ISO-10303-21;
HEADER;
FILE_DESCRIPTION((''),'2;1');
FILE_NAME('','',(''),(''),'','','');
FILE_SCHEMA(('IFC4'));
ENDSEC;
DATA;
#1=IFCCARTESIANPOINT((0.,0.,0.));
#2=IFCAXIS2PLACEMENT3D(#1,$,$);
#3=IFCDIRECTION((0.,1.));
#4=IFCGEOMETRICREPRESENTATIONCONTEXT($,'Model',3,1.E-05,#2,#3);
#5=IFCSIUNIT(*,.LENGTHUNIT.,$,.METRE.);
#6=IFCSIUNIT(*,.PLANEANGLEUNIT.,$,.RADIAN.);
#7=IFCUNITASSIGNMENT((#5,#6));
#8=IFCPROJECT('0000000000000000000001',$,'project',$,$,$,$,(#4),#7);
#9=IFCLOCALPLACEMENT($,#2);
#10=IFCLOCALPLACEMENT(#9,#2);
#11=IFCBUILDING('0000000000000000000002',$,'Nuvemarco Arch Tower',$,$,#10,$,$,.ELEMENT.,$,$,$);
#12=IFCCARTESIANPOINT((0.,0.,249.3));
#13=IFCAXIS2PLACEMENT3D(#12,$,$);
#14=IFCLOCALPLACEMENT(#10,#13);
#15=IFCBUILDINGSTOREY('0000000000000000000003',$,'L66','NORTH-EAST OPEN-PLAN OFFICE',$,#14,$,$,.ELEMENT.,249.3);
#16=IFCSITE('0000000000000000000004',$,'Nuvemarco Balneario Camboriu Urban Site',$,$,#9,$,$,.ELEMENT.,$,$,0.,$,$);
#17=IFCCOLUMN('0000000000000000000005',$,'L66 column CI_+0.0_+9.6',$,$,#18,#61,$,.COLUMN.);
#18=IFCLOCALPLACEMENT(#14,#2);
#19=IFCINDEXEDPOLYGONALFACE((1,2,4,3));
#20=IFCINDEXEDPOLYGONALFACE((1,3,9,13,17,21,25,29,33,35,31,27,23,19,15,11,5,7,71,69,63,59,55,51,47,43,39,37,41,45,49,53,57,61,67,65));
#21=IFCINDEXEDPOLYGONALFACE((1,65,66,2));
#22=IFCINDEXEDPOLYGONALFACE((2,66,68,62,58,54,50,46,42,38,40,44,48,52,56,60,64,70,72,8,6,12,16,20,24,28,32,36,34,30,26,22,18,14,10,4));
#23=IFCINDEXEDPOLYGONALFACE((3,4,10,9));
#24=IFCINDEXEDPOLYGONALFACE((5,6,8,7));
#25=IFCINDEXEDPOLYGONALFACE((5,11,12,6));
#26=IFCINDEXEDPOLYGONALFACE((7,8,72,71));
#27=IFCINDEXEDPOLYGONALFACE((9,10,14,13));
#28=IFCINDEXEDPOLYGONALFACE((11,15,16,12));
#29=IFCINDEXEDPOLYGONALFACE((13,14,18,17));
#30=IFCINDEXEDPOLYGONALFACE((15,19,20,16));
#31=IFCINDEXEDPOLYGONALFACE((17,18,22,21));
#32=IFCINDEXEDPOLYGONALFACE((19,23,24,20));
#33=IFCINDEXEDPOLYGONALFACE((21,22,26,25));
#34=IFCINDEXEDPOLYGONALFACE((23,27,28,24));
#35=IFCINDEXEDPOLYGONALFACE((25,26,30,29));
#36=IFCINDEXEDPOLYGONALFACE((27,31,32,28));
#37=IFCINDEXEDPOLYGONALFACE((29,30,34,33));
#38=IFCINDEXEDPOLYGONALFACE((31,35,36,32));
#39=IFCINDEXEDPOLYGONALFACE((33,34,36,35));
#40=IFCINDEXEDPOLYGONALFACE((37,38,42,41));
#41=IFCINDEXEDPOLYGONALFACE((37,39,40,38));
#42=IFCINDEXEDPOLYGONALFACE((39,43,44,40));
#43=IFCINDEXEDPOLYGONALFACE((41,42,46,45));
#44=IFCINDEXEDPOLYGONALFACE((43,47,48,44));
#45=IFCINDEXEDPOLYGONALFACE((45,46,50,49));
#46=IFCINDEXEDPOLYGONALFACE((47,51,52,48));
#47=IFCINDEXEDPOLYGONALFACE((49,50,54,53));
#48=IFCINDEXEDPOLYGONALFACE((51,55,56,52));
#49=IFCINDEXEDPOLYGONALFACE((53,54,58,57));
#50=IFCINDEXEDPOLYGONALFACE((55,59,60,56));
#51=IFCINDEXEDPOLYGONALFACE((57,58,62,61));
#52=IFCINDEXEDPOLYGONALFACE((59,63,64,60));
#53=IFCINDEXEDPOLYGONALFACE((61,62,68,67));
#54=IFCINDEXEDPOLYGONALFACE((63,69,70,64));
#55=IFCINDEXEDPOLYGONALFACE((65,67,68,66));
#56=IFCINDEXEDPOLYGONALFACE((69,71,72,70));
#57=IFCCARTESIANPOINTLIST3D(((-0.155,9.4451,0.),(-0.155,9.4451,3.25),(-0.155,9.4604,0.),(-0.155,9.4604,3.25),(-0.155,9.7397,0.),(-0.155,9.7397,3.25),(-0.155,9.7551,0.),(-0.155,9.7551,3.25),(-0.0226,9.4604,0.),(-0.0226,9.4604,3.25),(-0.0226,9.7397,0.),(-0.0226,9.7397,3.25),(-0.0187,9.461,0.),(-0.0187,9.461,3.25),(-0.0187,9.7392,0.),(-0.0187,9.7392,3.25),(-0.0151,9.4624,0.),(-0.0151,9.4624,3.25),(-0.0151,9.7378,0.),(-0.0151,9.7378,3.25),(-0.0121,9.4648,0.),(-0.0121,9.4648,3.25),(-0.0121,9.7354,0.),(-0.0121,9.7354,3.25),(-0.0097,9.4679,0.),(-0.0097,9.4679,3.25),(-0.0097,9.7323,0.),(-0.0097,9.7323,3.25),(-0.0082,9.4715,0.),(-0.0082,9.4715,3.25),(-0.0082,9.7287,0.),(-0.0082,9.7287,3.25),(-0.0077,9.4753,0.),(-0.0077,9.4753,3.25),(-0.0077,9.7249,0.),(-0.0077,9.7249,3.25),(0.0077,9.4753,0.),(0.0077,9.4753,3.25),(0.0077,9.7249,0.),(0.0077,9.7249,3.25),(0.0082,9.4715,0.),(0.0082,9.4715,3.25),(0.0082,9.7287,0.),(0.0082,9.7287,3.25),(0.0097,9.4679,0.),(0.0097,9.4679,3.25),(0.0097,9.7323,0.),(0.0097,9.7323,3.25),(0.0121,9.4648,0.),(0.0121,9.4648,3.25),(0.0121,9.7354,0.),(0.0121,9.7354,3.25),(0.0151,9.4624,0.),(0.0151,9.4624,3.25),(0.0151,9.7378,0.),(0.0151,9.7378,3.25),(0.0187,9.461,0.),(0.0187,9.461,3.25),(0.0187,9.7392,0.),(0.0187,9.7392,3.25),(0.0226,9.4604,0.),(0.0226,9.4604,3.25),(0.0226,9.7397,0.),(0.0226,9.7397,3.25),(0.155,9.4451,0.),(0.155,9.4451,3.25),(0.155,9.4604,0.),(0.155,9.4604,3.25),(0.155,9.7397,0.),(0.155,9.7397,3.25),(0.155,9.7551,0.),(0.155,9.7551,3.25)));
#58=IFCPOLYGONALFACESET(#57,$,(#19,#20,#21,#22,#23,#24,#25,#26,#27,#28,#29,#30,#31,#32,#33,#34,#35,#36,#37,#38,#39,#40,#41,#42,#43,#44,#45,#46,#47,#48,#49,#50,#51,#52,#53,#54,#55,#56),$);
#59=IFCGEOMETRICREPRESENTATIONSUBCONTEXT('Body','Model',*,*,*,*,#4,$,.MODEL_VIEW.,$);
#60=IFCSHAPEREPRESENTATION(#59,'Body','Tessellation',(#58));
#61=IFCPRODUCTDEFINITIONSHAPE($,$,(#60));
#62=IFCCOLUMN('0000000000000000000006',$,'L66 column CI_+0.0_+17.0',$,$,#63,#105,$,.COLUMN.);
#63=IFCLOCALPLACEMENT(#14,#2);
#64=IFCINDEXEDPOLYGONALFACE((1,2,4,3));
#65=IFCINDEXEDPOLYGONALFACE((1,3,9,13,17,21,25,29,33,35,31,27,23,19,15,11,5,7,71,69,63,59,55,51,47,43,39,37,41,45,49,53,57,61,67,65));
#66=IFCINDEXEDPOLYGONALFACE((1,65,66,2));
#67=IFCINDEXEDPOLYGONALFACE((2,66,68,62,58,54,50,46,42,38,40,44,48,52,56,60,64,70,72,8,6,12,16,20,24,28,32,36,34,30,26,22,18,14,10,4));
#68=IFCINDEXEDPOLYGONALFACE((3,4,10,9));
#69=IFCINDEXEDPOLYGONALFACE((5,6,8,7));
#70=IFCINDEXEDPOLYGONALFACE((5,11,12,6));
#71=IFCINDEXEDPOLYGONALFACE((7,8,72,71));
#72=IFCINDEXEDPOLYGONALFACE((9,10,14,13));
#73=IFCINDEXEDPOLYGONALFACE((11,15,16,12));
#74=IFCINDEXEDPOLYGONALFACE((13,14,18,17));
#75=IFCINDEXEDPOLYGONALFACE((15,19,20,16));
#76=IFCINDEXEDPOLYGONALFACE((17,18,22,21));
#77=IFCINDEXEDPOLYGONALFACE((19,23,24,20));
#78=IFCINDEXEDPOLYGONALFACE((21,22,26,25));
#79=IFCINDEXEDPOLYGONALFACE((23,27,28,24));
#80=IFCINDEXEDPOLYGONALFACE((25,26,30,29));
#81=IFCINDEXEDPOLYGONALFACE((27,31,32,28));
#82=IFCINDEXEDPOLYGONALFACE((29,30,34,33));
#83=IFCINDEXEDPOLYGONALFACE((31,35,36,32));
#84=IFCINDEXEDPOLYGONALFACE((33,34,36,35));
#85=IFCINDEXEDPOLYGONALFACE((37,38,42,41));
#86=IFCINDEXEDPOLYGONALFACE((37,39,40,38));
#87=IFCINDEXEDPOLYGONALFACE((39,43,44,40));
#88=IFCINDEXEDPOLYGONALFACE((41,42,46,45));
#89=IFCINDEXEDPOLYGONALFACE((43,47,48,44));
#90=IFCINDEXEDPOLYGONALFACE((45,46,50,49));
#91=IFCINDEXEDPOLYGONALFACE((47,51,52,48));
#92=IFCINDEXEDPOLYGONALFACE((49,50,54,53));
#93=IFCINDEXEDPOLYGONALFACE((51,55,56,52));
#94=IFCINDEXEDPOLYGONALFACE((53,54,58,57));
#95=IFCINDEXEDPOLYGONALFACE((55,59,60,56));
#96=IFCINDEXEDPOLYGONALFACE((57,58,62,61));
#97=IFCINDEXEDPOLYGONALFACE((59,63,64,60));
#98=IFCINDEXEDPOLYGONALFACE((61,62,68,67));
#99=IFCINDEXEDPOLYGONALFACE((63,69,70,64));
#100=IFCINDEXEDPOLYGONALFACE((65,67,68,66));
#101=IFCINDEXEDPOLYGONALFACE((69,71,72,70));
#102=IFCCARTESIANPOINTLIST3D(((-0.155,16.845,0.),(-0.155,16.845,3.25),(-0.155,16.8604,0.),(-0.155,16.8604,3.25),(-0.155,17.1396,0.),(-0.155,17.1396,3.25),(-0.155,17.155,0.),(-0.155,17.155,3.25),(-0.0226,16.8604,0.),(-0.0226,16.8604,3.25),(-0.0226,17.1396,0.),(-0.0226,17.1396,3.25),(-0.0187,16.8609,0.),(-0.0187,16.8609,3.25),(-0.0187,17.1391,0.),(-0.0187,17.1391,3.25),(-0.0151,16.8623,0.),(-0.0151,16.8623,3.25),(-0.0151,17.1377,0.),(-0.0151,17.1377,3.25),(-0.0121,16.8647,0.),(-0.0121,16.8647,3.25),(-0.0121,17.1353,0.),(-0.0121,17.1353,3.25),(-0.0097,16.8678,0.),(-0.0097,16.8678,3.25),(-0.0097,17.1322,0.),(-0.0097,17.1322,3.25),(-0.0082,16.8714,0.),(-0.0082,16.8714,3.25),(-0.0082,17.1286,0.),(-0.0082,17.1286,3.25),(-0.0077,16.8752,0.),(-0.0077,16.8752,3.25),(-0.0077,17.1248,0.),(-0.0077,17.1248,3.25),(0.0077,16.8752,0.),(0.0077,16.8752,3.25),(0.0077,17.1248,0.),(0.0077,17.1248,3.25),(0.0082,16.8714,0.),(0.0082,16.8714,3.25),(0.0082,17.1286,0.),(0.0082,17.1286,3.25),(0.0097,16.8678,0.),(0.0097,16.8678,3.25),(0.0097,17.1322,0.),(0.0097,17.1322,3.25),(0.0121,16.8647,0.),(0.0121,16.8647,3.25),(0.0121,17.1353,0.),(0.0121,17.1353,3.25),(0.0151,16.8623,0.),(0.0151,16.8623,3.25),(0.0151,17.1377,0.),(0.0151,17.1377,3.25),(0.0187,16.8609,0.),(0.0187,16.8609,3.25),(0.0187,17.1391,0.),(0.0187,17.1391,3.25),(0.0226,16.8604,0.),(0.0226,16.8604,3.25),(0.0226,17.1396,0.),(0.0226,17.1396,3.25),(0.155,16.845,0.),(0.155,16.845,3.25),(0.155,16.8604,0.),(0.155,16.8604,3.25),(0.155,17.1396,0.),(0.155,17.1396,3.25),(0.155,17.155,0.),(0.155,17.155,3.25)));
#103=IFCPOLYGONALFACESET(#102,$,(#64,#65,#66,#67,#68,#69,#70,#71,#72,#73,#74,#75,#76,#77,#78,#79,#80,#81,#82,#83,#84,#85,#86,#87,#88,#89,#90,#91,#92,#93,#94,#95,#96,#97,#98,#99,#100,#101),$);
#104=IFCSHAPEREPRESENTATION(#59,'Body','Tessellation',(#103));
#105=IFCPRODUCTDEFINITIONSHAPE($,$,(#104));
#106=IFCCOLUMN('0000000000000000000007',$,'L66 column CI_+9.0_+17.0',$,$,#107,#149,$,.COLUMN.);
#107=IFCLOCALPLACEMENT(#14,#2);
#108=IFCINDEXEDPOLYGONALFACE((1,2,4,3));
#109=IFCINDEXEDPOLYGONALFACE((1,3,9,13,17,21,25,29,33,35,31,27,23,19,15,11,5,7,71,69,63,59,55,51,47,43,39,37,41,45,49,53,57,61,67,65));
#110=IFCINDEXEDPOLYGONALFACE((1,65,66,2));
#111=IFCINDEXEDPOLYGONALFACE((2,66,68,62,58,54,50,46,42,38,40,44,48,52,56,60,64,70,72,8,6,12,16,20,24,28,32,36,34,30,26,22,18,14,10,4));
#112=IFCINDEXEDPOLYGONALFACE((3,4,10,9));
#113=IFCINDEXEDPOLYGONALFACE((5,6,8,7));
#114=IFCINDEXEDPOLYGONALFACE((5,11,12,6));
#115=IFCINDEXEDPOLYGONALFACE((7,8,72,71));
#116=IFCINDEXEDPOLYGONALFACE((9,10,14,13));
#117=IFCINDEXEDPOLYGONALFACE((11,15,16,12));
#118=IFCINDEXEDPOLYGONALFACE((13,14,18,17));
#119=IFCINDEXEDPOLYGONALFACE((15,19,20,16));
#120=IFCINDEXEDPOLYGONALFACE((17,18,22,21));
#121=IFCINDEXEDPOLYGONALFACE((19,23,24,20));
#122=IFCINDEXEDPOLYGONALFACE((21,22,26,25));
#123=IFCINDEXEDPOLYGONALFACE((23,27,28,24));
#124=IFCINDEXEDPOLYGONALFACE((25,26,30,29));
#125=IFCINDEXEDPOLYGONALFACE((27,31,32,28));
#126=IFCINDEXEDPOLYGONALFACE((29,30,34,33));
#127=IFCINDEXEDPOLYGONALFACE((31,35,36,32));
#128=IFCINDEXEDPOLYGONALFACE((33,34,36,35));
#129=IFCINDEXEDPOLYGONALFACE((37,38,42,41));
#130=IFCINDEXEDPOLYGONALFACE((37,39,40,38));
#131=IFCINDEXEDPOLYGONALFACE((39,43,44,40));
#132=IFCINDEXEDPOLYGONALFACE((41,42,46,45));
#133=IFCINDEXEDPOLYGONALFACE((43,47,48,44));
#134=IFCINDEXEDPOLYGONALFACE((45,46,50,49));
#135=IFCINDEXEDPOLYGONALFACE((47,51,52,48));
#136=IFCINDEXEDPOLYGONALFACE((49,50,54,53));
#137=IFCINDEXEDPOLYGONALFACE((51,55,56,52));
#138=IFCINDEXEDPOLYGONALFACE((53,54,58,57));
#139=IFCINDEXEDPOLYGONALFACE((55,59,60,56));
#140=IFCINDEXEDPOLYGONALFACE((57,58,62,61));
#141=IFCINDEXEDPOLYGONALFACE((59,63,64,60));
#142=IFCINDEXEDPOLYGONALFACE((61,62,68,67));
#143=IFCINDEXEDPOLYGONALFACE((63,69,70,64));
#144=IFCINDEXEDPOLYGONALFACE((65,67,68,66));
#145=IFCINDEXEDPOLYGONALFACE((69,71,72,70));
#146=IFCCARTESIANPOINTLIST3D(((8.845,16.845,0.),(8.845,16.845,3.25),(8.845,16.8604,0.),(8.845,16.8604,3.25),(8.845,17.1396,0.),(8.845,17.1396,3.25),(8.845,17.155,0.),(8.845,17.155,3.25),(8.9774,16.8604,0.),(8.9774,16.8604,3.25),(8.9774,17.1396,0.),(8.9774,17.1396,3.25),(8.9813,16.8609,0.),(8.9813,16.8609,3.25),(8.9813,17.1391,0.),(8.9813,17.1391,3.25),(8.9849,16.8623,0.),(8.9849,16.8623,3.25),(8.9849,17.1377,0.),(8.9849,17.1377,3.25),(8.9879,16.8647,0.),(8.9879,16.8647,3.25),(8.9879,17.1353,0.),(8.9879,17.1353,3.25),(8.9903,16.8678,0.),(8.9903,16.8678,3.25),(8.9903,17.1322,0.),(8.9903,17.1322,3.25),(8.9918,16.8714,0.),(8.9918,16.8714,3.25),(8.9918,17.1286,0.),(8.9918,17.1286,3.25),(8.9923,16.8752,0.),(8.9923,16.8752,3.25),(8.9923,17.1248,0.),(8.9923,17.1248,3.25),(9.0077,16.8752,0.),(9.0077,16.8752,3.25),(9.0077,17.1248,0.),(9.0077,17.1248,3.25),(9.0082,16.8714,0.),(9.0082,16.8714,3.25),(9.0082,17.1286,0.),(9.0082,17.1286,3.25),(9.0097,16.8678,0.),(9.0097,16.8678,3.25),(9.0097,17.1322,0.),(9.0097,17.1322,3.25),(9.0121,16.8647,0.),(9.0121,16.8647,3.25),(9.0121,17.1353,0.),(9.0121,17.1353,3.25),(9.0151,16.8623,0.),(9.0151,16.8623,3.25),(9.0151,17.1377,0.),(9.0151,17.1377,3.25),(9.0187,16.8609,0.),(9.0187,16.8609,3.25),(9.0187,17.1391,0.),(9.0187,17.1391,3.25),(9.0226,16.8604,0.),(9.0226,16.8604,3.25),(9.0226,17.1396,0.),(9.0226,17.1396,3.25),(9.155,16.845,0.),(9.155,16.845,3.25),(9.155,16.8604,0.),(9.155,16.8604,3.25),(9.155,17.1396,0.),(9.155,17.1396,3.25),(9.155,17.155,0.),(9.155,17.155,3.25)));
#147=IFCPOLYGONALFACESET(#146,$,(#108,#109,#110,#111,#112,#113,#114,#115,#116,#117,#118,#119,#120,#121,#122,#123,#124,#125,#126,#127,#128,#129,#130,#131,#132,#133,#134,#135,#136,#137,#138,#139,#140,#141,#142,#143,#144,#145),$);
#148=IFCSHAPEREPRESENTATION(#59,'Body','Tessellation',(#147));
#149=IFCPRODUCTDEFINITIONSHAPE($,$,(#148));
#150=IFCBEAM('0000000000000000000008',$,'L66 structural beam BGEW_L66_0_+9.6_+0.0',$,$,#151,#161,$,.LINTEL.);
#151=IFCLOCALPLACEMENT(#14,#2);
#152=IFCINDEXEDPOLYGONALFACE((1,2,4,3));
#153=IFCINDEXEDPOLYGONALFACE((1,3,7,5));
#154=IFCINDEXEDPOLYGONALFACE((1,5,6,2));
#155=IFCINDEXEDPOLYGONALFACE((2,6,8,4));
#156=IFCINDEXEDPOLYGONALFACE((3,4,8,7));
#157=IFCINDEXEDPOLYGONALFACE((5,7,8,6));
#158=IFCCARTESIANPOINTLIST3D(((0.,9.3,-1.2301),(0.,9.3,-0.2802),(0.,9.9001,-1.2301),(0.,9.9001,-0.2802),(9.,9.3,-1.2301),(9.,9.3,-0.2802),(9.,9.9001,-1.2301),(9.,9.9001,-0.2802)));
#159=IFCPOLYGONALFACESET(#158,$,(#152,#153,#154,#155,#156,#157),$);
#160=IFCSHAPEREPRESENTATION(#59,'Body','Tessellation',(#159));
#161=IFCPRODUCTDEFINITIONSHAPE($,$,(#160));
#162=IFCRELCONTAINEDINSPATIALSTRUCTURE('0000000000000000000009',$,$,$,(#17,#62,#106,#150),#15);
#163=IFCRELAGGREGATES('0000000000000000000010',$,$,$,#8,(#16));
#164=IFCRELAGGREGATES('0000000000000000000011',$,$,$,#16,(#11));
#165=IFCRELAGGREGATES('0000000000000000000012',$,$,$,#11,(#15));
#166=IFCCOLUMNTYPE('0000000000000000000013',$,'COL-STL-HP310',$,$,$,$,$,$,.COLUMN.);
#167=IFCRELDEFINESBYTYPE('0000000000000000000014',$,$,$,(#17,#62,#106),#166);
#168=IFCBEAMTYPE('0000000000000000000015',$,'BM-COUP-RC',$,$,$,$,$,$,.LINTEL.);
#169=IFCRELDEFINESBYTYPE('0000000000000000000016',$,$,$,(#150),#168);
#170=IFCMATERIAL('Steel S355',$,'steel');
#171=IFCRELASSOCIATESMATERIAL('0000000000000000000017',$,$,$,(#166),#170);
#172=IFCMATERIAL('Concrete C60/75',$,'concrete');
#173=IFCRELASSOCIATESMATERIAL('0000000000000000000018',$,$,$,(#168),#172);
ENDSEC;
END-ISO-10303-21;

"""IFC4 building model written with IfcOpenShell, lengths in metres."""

from ifc_helpers import new_model, si_unit, direction, frame, origin, origin_2d, place, context, subcontext, project, spatial, rectangle, i_section, extrude, material, material_profile, profile_set, type_object, element, save


model = new_model("IFC4")

# Units and contexts
model_context = context("Model", 3, precision=1e-05, world=origin(), true_north=direction((0.0, 1.0)))
body_context = subcontext(model_context, "Body", "Model", "MODEL_VIEW")
ifc_project = project(units=[si_unit("LENGTHUNIT", "METRE"), si_unit("PLANEANGLEUNIT", "RADIAN")], contexts=[model_context])

# Site, building, storey
site_placement = place(None, origin())
site = spatial("IfcSite", under=ifc_project, at=site_placement, Name="Nuvemarco Balneario Camboriu Urban Site", CompositionType="ELEMENT", RefElevation=0.0)
building_placement = place(site_placement, origin())
building = spatial("IfcBuilding", under=site, at=building_placement, Name="Nuvemarco Arch Tower", CompositionType="ELEMENT")
storey_placement = place(building_placement, frame((0.0, 0.0, 249.3)))
storey = spatial("IfcBuildingStorey", under=building, at=storey_placement, Name="L66", Description="NORTH-EAST OPEN-PLAN OFFICE", CompositionType="ELEMENT", Elevation=249.3)

# Columns
ifc_material_1 = material(Name="Steel S355", Category="steel")
ifc_material_profile_1 = material_profile(ifc_material_1, i_section(OverallWidth=0.3101, OverallDepth=0.3101, WebThickness=0.0154, FlangeThickness=0.0154, FilletRadius=0.0149, at=origin_2d()), Name="HP310x110")
ifc_profile_set_1 = profile_set([ifc_material_profile_1], Name="Steel S355")
column_type_1 = type_object("IfcColumnType", Name="COL-STL-HP310", PredefinedType="COLUMN", material=ifc_profile_set_1)
for number, where, z_axis, x_axis, name in (
    (1, (0.0, 9.6001, 0.0), (0.0, 0.0, 1.0), (1.0, 0.0, 0.0), "L66 column CI_+0.0_+9.6"),
    (2, (0.0, 17.0, 0.0), (0.0, 0.0, 1.0), (1.0, 0.0, 0.0), "L66 column CI_+0.0_+17.0"),
    (3, (9.0, 17.0, 0.0), (0.0, 0.0, 1.0), (1.0, 0.0, 0.0), "L66 column CI_+9.0_+17.0"),
):
    element("IfcColumn", number, at=place(storey_placement, frame(where, z_axis=z_axis, x_axis=x_axis)), inside=storey, type_object=column_type_1, Name=name, PredefinedType="COLUMN", context=body_context, shape_type="SweptSolid", body=[
        extrude(i_section(OverallWidth=0.3101, OverallDepth=0.3101, WebThickness=0.0154, FlangeThickness=0.0154, FilletRadius=0.0149, at=origin_2d()), origin(), (0.0, 0.0, 1.0), 3.25),
    ])

# Beam
ifc_material_2 = material(Name="Concrete C60/75", Category="concrete")
ifc_material_profile_2 = material_profile(ifc_material_2, rectangle(XDim=0.6001, YDim=0.95, at=origin_2d()), Name="RC-BM-600x950")
ifc_profile_set_2 = profile_set([ifc_material_profile_2], Name="Concrete C60/75")
beam_type_1 = type_object("IfcBeamType", Name="BM-COUP-RC", PredefinedType="LINTEL", material=ifc_profile_set_2)
beam_1_placement = place(storey_placement, frame((0.0, 9.6001, -0.7551), z_axis=(1.0, 0.0, 0.0), x_axis=(0.0, 1.0, 0.0)))
element("IfcBeam", 4, at=beam_1_placement, inside=storey, type_object=beam_type_1, Name="L66 structural beam BGEW_L66_0_+9.6_+0.0", PredefinedType="LINTEL", context=body_context, shape_type="SweptSolid", body=[
    extrude(rectangle(XDim=0.6001, YDim=0.95, at=origin_2d()), origin(), (0.0, 0.0, 1.0), 9.0),
])

save(model, "model.ifc")
